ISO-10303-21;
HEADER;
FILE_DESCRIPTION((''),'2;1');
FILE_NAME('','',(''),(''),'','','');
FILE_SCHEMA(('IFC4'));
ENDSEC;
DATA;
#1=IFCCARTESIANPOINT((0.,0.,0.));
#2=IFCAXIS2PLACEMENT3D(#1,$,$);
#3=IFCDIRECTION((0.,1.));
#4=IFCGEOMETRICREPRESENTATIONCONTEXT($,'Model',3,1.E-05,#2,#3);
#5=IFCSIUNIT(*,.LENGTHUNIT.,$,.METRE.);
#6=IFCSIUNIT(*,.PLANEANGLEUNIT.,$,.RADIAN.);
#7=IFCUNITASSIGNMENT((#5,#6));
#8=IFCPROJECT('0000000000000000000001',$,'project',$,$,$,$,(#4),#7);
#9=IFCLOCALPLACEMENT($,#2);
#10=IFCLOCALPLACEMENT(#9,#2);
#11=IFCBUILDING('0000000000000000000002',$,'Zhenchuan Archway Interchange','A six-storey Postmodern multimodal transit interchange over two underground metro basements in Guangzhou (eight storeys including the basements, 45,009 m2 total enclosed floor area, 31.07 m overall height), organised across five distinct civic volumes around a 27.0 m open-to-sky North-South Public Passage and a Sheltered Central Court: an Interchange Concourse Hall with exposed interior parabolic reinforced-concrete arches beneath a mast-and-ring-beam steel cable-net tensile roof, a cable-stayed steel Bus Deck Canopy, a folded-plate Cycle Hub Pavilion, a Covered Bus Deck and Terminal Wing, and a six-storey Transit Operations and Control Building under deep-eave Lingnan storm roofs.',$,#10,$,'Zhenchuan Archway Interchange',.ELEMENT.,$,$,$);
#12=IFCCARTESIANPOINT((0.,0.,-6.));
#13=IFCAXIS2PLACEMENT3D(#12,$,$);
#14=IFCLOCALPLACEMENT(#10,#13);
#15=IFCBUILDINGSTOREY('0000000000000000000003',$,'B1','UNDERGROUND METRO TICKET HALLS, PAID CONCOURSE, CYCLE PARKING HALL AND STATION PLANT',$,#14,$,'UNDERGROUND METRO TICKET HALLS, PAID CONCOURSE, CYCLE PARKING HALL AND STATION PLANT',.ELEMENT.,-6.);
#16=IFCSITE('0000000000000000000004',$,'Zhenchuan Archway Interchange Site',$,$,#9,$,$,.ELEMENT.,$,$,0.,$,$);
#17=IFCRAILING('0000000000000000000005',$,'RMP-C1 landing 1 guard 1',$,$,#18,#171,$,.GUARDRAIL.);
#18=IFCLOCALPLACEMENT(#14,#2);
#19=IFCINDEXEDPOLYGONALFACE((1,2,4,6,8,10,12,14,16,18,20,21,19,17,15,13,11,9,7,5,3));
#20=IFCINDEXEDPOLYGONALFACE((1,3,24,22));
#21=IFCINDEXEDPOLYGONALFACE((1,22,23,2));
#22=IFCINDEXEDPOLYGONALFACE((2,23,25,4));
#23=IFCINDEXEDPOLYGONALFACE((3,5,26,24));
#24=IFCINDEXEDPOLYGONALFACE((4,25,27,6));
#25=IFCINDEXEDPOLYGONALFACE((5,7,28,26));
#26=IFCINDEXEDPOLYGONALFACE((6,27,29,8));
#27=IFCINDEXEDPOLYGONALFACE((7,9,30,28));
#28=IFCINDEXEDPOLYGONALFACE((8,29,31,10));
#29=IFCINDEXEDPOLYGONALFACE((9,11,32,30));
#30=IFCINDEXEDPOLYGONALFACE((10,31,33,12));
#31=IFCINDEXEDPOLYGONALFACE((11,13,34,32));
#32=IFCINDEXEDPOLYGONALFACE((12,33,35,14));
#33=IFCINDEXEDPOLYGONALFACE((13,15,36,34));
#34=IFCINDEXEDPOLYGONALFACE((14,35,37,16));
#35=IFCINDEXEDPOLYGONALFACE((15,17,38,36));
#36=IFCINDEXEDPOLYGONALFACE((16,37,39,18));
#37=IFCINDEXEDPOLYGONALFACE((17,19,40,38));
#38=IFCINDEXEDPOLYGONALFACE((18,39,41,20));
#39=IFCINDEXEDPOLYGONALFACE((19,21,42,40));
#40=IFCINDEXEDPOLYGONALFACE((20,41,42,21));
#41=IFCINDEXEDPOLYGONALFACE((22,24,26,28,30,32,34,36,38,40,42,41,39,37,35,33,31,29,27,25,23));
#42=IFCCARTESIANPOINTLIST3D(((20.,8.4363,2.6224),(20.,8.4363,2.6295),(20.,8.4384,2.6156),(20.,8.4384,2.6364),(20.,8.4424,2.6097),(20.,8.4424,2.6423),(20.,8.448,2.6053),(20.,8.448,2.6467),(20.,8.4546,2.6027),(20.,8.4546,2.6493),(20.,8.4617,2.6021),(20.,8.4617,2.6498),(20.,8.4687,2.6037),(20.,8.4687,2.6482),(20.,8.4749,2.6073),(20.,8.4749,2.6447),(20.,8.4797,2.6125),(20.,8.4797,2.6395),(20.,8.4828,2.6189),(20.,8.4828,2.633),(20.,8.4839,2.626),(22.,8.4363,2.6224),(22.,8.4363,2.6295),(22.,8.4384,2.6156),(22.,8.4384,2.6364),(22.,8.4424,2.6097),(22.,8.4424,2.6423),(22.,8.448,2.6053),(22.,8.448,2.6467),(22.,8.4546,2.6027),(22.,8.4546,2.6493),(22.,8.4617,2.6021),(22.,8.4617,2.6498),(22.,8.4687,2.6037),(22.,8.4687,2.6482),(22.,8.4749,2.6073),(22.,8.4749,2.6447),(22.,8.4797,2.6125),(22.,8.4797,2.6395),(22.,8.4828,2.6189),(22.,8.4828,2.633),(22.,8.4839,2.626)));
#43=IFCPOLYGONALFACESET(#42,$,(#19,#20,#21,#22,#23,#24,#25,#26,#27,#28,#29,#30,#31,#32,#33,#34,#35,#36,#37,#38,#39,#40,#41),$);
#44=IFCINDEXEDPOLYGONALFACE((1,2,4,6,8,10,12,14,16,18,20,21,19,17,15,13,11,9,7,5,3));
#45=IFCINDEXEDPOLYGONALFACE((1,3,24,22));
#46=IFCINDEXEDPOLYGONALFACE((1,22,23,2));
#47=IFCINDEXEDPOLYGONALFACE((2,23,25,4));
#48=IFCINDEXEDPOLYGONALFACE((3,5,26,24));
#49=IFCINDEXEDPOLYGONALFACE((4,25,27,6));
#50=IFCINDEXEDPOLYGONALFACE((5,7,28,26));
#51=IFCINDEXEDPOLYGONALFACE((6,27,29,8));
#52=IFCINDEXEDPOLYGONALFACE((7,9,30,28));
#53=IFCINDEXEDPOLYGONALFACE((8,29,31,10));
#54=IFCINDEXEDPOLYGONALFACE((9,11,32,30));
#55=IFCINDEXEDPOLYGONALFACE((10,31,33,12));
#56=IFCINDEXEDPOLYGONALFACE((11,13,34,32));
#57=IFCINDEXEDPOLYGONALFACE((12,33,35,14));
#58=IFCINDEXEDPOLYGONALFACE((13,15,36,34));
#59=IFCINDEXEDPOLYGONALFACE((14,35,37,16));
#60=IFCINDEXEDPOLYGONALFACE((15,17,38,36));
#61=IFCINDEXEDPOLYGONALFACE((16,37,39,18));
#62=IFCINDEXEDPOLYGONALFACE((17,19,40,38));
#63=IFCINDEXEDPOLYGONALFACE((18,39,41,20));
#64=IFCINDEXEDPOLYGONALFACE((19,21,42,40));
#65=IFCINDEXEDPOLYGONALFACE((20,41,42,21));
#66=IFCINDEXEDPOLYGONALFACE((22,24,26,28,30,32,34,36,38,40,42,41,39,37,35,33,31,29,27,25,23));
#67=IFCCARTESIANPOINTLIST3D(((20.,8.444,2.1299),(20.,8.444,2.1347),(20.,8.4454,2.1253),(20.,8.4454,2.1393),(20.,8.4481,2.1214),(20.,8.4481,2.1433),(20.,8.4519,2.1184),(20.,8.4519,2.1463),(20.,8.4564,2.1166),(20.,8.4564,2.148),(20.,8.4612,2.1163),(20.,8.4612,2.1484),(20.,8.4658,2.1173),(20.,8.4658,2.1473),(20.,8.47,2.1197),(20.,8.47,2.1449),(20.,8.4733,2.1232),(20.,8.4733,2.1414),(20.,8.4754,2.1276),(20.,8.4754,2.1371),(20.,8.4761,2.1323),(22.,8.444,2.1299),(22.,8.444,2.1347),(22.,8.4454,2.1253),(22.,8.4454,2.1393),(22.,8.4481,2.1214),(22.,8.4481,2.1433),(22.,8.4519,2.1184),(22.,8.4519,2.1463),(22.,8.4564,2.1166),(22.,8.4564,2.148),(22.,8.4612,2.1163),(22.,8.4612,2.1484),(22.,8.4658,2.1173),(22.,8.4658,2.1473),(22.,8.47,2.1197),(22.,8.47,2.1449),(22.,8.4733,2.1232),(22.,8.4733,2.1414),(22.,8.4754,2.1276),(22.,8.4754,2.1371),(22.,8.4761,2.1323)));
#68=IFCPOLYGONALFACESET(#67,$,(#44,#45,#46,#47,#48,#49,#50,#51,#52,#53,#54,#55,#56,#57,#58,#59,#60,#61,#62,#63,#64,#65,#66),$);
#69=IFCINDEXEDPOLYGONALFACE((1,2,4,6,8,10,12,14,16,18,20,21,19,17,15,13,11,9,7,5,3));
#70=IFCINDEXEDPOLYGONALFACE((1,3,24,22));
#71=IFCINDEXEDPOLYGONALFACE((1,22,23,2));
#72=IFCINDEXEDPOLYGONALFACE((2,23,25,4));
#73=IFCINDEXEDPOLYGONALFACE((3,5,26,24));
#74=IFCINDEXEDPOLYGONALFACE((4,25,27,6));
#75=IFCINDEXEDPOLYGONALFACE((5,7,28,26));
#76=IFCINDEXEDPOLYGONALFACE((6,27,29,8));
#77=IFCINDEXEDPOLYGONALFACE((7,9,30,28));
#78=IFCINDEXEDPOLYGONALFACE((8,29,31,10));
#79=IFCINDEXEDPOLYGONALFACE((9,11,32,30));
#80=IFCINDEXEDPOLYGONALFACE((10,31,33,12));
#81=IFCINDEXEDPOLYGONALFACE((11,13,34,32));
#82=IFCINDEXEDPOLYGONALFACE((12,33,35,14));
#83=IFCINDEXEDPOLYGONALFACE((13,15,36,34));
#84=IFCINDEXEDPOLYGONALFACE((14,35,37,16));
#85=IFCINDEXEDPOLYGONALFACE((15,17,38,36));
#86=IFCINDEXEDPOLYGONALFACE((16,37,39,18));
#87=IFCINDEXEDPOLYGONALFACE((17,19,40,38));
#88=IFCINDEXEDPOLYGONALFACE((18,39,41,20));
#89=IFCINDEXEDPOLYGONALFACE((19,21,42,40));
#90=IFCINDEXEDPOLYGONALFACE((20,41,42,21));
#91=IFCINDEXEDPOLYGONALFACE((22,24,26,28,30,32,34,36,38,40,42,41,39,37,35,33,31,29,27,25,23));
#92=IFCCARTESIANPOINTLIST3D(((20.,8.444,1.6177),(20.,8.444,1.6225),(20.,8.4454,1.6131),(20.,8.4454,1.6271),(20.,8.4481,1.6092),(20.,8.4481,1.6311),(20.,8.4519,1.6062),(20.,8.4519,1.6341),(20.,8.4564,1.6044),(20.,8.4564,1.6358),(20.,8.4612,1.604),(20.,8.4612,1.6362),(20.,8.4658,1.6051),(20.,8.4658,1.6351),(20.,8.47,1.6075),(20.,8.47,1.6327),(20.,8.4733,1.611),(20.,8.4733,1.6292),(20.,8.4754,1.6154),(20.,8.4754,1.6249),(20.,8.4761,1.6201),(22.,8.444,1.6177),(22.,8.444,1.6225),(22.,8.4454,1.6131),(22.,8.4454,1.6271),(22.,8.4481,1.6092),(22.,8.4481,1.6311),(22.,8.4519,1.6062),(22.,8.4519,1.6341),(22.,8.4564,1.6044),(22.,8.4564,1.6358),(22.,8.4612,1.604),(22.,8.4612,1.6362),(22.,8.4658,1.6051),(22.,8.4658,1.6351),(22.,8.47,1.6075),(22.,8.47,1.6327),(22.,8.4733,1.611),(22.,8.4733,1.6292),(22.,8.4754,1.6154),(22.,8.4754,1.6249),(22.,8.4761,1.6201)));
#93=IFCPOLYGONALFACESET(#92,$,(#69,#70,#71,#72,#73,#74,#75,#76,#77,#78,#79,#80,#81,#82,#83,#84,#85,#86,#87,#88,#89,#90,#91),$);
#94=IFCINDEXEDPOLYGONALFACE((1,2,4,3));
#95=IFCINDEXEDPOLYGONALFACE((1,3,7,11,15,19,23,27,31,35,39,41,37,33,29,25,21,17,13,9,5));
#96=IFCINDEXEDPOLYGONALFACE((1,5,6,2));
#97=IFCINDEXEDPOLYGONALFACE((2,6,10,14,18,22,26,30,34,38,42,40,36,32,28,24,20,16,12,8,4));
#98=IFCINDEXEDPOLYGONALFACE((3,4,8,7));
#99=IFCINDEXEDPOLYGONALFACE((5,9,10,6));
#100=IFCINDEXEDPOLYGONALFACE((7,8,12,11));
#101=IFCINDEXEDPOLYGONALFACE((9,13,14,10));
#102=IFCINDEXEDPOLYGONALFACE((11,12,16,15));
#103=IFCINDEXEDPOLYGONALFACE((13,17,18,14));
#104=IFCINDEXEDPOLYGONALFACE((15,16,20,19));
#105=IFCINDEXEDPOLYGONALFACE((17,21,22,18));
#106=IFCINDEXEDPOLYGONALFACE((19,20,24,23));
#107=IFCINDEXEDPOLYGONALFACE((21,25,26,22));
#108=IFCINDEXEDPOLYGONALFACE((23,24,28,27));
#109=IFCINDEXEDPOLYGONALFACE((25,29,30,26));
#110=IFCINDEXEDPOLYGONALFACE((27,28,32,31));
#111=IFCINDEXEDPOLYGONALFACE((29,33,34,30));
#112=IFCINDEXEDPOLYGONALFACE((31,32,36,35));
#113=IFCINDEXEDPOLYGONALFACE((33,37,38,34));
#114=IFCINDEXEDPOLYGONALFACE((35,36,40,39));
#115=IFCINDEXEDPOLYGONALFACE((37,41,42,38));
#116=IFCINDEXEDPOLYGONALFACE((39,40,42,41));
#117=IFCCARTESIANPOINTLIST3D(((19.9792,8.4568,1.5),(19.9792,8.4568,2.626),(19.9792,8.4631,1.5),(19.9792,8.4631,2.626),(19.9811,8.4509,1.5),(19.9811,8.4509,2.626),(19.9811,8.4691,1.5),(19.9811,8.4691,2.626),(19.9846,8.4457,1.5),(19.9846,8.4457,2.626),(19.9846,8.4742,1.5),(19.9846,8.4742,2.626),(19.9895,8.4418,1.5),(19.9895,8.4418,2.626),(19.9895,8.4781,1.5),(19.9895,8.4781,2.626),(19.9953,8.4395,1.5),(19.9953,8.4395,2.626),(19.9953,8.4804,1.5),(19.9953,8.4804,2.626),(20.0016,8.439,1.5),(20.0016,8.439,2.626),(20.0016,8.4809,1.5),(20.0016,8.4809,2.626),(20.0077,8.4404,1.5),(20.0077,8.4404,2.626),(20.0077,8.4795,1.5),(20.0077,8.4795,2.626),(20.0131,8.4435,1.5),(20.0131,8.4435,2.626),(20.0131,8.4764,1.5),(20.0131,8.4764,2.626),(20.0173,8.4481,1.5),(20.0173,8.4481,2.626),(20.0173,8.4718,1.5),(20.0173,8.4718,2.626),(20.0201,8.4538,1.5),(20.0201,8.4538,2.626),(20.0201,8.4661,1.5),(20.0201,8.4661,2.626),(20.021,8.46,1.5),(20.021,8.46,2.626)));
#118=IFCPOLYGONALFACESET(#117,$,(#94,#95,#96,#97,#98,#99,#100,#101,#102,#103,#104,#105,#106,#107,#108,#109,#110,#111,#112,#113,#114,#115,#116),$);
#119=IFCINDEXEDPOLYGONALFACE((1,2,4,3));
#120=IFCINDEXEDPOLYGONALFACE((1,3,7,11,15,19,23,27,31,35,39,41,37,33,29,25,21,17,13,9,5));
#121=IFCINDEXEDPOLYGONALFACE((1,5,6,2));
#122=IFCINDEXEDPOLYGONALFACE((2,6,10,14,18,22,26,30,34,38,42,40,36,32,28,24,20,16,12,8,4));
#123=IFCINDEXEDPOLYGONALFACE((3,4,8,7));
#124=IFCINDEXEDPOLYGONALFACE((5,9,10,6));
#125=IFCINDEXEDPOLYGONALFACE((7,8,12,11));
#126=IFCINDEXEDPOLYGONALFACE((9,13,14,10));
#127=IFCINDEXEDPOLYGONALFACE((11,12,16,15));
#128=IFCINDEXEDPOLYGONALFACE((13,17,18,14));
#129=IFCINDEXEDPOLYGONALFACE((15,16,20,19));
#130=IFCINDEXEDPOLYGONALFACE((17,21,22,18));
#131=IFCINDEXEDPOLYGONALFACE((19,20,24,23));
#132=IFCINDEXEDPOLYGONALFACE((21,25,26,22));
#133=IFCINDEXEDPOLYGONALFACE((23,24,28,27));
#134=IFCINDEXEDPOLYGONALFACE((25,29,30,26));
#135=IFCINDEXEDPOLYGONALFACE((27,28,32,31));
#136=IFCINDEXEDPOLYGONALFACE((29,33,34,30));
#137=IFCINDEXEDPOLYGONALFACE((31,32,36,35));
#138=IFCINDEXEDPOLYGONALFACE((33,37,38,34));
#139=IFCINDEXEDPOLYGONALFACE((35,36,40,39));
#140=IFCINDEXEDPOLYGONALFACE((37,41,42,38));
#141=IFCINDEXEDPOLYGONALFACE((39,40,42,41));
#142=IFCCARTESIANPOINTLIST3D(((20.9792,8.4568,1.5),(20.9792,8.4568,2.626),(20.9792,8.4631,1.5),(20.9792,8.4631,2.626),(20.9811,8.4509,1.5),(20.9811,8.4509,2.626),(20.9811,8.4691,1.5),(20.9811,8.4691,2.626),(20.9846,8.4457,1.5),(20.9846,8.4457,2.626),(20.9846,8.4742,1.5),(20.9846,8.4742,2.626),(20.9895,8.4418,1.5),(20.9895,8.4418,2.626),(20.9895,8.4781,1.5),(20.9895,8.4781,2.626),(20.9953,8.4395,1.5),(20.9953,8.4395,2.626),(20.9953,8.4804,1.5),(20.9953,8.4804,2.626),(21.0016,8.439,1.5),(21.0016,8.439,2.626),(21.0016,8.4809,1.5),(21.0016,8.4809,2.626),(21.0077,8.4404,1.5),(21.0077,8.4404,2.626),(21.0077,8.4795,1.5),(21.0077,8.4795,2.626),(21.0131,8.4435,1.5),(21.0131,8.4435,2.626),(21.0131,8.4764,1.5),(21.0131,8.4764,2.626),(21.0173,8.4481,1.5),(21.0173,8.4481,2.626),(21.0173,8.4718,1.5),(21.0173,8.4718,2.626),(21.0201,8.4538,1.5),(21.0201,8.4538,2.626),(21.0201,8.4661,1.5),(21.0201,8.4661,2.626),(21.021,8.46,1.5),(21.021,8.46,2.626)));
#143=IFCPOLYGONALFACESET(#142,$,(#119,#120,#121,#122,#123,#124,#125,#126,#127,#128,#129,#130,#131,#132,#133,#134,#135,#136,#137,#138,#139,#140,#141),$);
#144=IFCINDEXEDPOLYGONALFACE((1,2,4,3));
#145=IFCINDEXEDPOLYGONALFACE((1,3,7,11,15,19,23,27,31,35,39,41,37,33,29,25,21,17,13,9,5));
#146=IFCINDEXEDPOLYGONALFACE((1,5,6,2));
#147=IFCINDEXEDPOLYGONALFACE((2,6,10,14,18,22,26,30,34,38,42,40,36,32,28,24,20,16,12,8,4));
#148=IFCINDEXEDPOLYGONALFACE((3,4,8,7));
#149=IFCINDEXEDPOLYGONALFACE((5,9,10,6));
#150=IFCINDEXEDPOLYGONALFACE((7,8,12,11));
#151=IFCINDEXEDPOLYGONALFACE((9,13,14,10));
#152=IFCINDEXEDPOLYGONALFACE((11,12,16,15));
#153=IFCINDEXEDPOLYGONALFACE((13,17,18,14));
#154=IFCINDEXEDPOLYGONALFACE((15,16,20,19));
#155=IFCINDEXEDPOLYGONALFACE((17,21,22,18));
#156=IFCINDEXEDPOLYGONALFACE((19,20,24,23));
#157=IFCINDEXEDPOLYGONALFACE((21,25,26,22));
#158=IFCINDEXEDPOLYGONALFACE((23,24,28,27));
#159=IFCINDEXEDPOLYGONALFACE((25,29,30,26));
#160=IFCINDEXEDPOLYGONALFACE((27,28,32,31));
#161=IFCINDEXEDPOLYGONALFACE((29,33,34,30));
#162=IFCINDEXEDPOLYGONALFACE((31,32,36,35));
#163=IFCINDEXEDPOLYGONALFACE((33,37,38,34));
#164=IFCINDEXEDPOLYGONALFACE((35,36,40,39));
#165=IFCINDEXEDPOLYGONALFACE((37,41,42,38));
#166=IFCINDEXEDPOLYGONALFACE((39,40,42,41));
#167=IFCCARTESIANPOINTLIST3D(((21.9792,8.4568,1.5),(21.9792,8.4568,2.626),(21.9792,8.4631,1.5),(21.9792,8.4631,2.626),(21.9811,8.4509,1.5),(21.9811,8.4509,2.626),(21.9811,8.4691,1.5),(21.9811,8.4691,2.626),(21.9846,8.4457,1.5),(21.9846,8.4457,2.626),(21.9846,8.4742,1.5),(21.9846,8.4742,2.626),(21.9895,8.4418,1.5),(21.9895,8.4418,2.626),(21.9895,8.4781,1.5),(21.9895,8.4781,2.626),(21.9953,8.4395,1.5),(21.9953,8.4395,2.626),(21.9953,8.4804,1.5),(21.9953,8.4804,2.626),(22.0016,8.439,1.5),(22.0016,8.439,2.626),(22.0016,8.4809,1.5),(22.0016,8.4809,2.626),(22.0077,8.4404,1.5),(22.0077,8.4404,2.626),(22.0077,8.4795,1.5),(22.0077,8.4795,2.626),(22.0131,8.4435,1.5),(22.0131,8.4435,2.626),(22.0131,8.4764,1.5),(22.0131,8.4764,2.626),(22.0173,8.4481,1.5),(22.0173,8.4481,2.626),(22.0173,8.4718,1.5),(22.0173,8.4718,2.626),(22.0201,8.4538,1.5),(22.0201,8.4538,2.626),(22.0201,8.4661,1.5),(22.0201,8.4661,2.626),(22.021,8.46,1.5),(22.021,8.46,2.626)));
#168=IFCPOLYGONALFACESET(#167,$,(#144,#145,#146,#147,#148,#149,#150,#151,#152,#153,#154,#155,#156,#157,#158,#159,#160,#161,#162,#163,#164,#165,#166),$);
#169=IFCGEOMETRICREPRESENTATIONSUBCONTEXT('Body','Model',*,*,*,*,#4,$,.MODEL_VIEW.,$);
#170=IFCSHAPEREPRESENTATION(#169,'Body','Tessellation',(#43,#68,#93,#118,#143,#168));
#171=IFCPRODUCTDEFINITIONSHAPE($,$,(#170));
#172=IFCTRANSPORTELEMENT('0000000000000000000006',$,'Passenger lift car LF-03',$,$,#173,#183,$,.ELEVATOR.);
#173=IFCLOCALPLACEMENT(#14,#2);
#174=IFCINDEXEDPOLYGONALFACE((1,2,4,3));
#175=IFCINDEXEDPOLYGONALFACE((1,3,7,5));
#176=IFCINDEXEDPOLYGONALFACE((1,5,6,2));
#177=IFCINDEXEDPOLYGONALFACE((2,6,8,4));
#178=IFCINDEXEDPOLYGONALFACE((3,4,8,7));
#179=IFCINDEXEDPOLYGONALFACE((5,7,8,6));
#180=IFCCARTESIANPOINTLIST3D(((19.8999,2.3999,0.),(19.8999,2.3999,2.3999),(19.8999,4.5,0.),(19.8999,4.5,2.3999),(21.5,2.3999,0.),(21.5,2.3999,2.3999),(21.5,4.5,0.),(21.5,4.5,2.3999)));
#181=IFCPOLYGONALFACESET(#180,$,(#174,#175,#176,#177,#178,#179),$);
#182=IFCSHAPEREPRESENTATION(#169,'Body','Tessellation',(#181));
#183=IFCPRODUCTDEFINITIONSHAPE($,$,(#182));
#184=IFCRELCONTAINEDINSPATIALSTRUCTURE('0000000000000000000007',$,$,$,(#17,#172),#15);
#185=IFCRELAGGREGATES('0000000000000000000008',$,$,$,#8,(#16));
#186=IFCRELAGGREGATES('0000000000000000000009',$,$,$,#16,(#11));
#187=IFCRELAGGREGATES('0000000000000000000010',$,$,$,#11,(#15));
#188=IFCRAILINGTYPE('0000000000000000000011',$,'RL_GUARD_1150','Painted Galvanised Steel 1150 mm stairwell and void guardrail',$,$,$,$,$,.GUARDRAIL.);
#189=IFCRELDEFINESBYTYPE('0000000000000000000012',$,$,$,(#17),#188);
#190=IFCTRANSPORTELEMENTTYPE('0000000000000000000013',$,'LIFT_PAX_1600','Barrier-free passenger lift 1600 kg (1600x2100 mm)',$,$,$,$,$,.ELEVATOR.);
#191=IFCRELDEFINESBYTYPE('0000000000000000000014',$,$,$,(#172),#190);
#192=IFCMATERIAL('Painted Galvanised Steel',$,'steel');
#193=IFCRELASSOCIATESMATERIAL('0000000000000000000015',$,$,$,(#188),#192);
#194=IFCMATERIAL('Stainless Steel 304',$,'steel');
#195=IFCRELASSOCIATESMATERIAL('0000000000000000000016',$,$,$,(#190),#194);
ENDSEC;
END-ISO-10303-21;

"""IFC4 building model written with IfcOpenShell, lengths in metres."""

from ifc_helpers import new_model, si_unit, direction, frame, origin, origin_2d, place, context, subcontext, project, spatial, rectangle, circle, extrude, material, type_object, element, save


model = new_model("IFC4")

# Units and contexts
model_context = context("Model", 3, precision=1e-05, world=origin(), true_north=direction((0.0, 1.0)))
body_context = subcontext(model_context, "Body", "Model", "MODEL_VIEW")
ifc_project = project(units=[si_unit("LENGTHUNIT", "METRE"), si_unit("PLANEANGLEUNIT", "RADIAN")], contexts=[model_context])

# Site, building, storey
site_placement = place(None, origin())
site = spatial("IfcSite", under=ifc_project, at=site_placement, Name="Zhenchuan Archway Interchange Site", CompositionType="ELEMENT", RefElevation=0.0)
building_placement = place(site_placement, origin())
building = spatial("IfcBuilding", under=site, at=building_placement, Name="Zhenchuan Archway Interchange", Description="A six-storey Postmodern multimodal transit interchange over two underground metro basements in Guangzhou (eight storeys including the basements, 45,009 m2 total enclosed floor area, 31.07 m overall height), organised across five distinct civic volumes around a 27.0 m open-to-sky North-South Public Passage and a Sheltered Central Court: an Interchange Concourse Hall with exposed interior parabolic reinforced-concrete arches beneath a mast-and-ring-beam steel cable-net tensile roof, a cable-stayed steel Bus Deck Canopy, a folded-plate Cycle Hub Pavilion, a Covered Bus Deck and Terminal Wing, and a six-storey Transit Operations and Control Building under deep-eave Lingnan storm roofs.", LongName="Zhenchuan Archway Interchange", CompositionType="ELEMENT")
storey_placement = place(building_placement, frame((0.0, 0.0, -6.0)))
storey = spatial("IfcBuildingStorey", under=building, at=storey_placement, Name="B1", Description="UNDERGROUND METRO TICKET HALLS, PAID CONCOURSE, CYCLE PARKING HALL AND STATION PLANT", LongName="UNDERGROUND METRO TICKET HALLS, PAID CONCOURSE, CYCLE PARKING HALL AND STATION PLANT", CompositionType="ELEMENT", Elevation=-6.0)

# Shared definitions
ifc_material_1 = material(Name="Stainless Steel 304", Category="steel")

# Railing
ifc_material_2 = material(Name="Painted Galvanised Steel", Category="steel")
railing_type = type_object("IfcRailingType", Name="RL_GUARD_1150", Description="Painted Galvanised Steel 1150 mm stairwell and void guardrail", PredefinedType="GUARDRAIL", material=ifc_material_2)
railing_1_placement = place(storey_placement, frame((20.0, 8.46, 1.5)))
element("IfcRailing", 1, at=railing_1_placement, inside=storey, type_object=railing_type, Name="RMP-C1 landing 1 guard 1", PredefinedType="GUARDRAIL", context=body_context, shape_type="SweptSolid", body=[
    extrude(circle(Radius=0.0239, at=origin_2d()), frame((0.0, 0.0, 1.126), z_axis=(1.0, 0.0, 0.0), x_axis=(0.0, 1.0, 0.0)), (0.0, 0.0, 1.0), 2.0),
    extrude(circle(Radius=0.0161, at=origin_2d()), frame((0.0, 0.0, 0.6323), z_axis=(1.0, 0.0, 0.0), x_axis=(0.0, 1.0, 0.0)), (0.0, 0.0, 1.0), 2.0),
    extrude(circle(Radius=0.0161, at=origin_2d()), frame((0.0, 0.0, 0.1201), z_axis=(1.0, 0.0, 0.0), x_axis=(0.0, 1.0, 0.0)), (0.0, 0.0, 1.0), 2.0),
    extrude(circle(Radius=0.021, at=origin_2d()), origin(), (0.0, 0.0, 1.0), 1.126),
    extrude(circle(Radius=0.021, at=origin_2d()), frame((1.0, 0.0, 0.0)), (0.0, 0.0, 1.0), 1.126),
    extrude(circle(Radius=0.021, at=origin_2d()), frame((2.0, 0.0, 0.0)), (0.0, 0.0, 1.0), 1.126),
])

# Transport element
transport_element_type = type_object("IfcTransportElementType", Name="LIFT_PAX_1600", Description="Barrier-free passenger lift 1600 kg (1600x2100 mm)", PredefinedType="ELEVATOR", material=ifc_material_1)
transport_element_placement = place(storey_placement, frame((20.7, 3.45, 0.0), z_axis=(0.0, 0.0, 1.0), x_axis=(1.0, 0.0, 0.0)))
element("IfcTransportElement", 2, at=transport_element_placement, inside=storey, type_object=transport_element_type, Name="Passenger lift car LF-03", PredefinedType="ELEVATOR", context=body_context, shape_type="SweptSolid", body=[
    extrude(rectangle(XDim=1.6001, YDim=2.1001, at=origin_2d()), origin(), (0.0, 0.0, 1.0), 2.3999),
])

save(model, "model.ifc")
